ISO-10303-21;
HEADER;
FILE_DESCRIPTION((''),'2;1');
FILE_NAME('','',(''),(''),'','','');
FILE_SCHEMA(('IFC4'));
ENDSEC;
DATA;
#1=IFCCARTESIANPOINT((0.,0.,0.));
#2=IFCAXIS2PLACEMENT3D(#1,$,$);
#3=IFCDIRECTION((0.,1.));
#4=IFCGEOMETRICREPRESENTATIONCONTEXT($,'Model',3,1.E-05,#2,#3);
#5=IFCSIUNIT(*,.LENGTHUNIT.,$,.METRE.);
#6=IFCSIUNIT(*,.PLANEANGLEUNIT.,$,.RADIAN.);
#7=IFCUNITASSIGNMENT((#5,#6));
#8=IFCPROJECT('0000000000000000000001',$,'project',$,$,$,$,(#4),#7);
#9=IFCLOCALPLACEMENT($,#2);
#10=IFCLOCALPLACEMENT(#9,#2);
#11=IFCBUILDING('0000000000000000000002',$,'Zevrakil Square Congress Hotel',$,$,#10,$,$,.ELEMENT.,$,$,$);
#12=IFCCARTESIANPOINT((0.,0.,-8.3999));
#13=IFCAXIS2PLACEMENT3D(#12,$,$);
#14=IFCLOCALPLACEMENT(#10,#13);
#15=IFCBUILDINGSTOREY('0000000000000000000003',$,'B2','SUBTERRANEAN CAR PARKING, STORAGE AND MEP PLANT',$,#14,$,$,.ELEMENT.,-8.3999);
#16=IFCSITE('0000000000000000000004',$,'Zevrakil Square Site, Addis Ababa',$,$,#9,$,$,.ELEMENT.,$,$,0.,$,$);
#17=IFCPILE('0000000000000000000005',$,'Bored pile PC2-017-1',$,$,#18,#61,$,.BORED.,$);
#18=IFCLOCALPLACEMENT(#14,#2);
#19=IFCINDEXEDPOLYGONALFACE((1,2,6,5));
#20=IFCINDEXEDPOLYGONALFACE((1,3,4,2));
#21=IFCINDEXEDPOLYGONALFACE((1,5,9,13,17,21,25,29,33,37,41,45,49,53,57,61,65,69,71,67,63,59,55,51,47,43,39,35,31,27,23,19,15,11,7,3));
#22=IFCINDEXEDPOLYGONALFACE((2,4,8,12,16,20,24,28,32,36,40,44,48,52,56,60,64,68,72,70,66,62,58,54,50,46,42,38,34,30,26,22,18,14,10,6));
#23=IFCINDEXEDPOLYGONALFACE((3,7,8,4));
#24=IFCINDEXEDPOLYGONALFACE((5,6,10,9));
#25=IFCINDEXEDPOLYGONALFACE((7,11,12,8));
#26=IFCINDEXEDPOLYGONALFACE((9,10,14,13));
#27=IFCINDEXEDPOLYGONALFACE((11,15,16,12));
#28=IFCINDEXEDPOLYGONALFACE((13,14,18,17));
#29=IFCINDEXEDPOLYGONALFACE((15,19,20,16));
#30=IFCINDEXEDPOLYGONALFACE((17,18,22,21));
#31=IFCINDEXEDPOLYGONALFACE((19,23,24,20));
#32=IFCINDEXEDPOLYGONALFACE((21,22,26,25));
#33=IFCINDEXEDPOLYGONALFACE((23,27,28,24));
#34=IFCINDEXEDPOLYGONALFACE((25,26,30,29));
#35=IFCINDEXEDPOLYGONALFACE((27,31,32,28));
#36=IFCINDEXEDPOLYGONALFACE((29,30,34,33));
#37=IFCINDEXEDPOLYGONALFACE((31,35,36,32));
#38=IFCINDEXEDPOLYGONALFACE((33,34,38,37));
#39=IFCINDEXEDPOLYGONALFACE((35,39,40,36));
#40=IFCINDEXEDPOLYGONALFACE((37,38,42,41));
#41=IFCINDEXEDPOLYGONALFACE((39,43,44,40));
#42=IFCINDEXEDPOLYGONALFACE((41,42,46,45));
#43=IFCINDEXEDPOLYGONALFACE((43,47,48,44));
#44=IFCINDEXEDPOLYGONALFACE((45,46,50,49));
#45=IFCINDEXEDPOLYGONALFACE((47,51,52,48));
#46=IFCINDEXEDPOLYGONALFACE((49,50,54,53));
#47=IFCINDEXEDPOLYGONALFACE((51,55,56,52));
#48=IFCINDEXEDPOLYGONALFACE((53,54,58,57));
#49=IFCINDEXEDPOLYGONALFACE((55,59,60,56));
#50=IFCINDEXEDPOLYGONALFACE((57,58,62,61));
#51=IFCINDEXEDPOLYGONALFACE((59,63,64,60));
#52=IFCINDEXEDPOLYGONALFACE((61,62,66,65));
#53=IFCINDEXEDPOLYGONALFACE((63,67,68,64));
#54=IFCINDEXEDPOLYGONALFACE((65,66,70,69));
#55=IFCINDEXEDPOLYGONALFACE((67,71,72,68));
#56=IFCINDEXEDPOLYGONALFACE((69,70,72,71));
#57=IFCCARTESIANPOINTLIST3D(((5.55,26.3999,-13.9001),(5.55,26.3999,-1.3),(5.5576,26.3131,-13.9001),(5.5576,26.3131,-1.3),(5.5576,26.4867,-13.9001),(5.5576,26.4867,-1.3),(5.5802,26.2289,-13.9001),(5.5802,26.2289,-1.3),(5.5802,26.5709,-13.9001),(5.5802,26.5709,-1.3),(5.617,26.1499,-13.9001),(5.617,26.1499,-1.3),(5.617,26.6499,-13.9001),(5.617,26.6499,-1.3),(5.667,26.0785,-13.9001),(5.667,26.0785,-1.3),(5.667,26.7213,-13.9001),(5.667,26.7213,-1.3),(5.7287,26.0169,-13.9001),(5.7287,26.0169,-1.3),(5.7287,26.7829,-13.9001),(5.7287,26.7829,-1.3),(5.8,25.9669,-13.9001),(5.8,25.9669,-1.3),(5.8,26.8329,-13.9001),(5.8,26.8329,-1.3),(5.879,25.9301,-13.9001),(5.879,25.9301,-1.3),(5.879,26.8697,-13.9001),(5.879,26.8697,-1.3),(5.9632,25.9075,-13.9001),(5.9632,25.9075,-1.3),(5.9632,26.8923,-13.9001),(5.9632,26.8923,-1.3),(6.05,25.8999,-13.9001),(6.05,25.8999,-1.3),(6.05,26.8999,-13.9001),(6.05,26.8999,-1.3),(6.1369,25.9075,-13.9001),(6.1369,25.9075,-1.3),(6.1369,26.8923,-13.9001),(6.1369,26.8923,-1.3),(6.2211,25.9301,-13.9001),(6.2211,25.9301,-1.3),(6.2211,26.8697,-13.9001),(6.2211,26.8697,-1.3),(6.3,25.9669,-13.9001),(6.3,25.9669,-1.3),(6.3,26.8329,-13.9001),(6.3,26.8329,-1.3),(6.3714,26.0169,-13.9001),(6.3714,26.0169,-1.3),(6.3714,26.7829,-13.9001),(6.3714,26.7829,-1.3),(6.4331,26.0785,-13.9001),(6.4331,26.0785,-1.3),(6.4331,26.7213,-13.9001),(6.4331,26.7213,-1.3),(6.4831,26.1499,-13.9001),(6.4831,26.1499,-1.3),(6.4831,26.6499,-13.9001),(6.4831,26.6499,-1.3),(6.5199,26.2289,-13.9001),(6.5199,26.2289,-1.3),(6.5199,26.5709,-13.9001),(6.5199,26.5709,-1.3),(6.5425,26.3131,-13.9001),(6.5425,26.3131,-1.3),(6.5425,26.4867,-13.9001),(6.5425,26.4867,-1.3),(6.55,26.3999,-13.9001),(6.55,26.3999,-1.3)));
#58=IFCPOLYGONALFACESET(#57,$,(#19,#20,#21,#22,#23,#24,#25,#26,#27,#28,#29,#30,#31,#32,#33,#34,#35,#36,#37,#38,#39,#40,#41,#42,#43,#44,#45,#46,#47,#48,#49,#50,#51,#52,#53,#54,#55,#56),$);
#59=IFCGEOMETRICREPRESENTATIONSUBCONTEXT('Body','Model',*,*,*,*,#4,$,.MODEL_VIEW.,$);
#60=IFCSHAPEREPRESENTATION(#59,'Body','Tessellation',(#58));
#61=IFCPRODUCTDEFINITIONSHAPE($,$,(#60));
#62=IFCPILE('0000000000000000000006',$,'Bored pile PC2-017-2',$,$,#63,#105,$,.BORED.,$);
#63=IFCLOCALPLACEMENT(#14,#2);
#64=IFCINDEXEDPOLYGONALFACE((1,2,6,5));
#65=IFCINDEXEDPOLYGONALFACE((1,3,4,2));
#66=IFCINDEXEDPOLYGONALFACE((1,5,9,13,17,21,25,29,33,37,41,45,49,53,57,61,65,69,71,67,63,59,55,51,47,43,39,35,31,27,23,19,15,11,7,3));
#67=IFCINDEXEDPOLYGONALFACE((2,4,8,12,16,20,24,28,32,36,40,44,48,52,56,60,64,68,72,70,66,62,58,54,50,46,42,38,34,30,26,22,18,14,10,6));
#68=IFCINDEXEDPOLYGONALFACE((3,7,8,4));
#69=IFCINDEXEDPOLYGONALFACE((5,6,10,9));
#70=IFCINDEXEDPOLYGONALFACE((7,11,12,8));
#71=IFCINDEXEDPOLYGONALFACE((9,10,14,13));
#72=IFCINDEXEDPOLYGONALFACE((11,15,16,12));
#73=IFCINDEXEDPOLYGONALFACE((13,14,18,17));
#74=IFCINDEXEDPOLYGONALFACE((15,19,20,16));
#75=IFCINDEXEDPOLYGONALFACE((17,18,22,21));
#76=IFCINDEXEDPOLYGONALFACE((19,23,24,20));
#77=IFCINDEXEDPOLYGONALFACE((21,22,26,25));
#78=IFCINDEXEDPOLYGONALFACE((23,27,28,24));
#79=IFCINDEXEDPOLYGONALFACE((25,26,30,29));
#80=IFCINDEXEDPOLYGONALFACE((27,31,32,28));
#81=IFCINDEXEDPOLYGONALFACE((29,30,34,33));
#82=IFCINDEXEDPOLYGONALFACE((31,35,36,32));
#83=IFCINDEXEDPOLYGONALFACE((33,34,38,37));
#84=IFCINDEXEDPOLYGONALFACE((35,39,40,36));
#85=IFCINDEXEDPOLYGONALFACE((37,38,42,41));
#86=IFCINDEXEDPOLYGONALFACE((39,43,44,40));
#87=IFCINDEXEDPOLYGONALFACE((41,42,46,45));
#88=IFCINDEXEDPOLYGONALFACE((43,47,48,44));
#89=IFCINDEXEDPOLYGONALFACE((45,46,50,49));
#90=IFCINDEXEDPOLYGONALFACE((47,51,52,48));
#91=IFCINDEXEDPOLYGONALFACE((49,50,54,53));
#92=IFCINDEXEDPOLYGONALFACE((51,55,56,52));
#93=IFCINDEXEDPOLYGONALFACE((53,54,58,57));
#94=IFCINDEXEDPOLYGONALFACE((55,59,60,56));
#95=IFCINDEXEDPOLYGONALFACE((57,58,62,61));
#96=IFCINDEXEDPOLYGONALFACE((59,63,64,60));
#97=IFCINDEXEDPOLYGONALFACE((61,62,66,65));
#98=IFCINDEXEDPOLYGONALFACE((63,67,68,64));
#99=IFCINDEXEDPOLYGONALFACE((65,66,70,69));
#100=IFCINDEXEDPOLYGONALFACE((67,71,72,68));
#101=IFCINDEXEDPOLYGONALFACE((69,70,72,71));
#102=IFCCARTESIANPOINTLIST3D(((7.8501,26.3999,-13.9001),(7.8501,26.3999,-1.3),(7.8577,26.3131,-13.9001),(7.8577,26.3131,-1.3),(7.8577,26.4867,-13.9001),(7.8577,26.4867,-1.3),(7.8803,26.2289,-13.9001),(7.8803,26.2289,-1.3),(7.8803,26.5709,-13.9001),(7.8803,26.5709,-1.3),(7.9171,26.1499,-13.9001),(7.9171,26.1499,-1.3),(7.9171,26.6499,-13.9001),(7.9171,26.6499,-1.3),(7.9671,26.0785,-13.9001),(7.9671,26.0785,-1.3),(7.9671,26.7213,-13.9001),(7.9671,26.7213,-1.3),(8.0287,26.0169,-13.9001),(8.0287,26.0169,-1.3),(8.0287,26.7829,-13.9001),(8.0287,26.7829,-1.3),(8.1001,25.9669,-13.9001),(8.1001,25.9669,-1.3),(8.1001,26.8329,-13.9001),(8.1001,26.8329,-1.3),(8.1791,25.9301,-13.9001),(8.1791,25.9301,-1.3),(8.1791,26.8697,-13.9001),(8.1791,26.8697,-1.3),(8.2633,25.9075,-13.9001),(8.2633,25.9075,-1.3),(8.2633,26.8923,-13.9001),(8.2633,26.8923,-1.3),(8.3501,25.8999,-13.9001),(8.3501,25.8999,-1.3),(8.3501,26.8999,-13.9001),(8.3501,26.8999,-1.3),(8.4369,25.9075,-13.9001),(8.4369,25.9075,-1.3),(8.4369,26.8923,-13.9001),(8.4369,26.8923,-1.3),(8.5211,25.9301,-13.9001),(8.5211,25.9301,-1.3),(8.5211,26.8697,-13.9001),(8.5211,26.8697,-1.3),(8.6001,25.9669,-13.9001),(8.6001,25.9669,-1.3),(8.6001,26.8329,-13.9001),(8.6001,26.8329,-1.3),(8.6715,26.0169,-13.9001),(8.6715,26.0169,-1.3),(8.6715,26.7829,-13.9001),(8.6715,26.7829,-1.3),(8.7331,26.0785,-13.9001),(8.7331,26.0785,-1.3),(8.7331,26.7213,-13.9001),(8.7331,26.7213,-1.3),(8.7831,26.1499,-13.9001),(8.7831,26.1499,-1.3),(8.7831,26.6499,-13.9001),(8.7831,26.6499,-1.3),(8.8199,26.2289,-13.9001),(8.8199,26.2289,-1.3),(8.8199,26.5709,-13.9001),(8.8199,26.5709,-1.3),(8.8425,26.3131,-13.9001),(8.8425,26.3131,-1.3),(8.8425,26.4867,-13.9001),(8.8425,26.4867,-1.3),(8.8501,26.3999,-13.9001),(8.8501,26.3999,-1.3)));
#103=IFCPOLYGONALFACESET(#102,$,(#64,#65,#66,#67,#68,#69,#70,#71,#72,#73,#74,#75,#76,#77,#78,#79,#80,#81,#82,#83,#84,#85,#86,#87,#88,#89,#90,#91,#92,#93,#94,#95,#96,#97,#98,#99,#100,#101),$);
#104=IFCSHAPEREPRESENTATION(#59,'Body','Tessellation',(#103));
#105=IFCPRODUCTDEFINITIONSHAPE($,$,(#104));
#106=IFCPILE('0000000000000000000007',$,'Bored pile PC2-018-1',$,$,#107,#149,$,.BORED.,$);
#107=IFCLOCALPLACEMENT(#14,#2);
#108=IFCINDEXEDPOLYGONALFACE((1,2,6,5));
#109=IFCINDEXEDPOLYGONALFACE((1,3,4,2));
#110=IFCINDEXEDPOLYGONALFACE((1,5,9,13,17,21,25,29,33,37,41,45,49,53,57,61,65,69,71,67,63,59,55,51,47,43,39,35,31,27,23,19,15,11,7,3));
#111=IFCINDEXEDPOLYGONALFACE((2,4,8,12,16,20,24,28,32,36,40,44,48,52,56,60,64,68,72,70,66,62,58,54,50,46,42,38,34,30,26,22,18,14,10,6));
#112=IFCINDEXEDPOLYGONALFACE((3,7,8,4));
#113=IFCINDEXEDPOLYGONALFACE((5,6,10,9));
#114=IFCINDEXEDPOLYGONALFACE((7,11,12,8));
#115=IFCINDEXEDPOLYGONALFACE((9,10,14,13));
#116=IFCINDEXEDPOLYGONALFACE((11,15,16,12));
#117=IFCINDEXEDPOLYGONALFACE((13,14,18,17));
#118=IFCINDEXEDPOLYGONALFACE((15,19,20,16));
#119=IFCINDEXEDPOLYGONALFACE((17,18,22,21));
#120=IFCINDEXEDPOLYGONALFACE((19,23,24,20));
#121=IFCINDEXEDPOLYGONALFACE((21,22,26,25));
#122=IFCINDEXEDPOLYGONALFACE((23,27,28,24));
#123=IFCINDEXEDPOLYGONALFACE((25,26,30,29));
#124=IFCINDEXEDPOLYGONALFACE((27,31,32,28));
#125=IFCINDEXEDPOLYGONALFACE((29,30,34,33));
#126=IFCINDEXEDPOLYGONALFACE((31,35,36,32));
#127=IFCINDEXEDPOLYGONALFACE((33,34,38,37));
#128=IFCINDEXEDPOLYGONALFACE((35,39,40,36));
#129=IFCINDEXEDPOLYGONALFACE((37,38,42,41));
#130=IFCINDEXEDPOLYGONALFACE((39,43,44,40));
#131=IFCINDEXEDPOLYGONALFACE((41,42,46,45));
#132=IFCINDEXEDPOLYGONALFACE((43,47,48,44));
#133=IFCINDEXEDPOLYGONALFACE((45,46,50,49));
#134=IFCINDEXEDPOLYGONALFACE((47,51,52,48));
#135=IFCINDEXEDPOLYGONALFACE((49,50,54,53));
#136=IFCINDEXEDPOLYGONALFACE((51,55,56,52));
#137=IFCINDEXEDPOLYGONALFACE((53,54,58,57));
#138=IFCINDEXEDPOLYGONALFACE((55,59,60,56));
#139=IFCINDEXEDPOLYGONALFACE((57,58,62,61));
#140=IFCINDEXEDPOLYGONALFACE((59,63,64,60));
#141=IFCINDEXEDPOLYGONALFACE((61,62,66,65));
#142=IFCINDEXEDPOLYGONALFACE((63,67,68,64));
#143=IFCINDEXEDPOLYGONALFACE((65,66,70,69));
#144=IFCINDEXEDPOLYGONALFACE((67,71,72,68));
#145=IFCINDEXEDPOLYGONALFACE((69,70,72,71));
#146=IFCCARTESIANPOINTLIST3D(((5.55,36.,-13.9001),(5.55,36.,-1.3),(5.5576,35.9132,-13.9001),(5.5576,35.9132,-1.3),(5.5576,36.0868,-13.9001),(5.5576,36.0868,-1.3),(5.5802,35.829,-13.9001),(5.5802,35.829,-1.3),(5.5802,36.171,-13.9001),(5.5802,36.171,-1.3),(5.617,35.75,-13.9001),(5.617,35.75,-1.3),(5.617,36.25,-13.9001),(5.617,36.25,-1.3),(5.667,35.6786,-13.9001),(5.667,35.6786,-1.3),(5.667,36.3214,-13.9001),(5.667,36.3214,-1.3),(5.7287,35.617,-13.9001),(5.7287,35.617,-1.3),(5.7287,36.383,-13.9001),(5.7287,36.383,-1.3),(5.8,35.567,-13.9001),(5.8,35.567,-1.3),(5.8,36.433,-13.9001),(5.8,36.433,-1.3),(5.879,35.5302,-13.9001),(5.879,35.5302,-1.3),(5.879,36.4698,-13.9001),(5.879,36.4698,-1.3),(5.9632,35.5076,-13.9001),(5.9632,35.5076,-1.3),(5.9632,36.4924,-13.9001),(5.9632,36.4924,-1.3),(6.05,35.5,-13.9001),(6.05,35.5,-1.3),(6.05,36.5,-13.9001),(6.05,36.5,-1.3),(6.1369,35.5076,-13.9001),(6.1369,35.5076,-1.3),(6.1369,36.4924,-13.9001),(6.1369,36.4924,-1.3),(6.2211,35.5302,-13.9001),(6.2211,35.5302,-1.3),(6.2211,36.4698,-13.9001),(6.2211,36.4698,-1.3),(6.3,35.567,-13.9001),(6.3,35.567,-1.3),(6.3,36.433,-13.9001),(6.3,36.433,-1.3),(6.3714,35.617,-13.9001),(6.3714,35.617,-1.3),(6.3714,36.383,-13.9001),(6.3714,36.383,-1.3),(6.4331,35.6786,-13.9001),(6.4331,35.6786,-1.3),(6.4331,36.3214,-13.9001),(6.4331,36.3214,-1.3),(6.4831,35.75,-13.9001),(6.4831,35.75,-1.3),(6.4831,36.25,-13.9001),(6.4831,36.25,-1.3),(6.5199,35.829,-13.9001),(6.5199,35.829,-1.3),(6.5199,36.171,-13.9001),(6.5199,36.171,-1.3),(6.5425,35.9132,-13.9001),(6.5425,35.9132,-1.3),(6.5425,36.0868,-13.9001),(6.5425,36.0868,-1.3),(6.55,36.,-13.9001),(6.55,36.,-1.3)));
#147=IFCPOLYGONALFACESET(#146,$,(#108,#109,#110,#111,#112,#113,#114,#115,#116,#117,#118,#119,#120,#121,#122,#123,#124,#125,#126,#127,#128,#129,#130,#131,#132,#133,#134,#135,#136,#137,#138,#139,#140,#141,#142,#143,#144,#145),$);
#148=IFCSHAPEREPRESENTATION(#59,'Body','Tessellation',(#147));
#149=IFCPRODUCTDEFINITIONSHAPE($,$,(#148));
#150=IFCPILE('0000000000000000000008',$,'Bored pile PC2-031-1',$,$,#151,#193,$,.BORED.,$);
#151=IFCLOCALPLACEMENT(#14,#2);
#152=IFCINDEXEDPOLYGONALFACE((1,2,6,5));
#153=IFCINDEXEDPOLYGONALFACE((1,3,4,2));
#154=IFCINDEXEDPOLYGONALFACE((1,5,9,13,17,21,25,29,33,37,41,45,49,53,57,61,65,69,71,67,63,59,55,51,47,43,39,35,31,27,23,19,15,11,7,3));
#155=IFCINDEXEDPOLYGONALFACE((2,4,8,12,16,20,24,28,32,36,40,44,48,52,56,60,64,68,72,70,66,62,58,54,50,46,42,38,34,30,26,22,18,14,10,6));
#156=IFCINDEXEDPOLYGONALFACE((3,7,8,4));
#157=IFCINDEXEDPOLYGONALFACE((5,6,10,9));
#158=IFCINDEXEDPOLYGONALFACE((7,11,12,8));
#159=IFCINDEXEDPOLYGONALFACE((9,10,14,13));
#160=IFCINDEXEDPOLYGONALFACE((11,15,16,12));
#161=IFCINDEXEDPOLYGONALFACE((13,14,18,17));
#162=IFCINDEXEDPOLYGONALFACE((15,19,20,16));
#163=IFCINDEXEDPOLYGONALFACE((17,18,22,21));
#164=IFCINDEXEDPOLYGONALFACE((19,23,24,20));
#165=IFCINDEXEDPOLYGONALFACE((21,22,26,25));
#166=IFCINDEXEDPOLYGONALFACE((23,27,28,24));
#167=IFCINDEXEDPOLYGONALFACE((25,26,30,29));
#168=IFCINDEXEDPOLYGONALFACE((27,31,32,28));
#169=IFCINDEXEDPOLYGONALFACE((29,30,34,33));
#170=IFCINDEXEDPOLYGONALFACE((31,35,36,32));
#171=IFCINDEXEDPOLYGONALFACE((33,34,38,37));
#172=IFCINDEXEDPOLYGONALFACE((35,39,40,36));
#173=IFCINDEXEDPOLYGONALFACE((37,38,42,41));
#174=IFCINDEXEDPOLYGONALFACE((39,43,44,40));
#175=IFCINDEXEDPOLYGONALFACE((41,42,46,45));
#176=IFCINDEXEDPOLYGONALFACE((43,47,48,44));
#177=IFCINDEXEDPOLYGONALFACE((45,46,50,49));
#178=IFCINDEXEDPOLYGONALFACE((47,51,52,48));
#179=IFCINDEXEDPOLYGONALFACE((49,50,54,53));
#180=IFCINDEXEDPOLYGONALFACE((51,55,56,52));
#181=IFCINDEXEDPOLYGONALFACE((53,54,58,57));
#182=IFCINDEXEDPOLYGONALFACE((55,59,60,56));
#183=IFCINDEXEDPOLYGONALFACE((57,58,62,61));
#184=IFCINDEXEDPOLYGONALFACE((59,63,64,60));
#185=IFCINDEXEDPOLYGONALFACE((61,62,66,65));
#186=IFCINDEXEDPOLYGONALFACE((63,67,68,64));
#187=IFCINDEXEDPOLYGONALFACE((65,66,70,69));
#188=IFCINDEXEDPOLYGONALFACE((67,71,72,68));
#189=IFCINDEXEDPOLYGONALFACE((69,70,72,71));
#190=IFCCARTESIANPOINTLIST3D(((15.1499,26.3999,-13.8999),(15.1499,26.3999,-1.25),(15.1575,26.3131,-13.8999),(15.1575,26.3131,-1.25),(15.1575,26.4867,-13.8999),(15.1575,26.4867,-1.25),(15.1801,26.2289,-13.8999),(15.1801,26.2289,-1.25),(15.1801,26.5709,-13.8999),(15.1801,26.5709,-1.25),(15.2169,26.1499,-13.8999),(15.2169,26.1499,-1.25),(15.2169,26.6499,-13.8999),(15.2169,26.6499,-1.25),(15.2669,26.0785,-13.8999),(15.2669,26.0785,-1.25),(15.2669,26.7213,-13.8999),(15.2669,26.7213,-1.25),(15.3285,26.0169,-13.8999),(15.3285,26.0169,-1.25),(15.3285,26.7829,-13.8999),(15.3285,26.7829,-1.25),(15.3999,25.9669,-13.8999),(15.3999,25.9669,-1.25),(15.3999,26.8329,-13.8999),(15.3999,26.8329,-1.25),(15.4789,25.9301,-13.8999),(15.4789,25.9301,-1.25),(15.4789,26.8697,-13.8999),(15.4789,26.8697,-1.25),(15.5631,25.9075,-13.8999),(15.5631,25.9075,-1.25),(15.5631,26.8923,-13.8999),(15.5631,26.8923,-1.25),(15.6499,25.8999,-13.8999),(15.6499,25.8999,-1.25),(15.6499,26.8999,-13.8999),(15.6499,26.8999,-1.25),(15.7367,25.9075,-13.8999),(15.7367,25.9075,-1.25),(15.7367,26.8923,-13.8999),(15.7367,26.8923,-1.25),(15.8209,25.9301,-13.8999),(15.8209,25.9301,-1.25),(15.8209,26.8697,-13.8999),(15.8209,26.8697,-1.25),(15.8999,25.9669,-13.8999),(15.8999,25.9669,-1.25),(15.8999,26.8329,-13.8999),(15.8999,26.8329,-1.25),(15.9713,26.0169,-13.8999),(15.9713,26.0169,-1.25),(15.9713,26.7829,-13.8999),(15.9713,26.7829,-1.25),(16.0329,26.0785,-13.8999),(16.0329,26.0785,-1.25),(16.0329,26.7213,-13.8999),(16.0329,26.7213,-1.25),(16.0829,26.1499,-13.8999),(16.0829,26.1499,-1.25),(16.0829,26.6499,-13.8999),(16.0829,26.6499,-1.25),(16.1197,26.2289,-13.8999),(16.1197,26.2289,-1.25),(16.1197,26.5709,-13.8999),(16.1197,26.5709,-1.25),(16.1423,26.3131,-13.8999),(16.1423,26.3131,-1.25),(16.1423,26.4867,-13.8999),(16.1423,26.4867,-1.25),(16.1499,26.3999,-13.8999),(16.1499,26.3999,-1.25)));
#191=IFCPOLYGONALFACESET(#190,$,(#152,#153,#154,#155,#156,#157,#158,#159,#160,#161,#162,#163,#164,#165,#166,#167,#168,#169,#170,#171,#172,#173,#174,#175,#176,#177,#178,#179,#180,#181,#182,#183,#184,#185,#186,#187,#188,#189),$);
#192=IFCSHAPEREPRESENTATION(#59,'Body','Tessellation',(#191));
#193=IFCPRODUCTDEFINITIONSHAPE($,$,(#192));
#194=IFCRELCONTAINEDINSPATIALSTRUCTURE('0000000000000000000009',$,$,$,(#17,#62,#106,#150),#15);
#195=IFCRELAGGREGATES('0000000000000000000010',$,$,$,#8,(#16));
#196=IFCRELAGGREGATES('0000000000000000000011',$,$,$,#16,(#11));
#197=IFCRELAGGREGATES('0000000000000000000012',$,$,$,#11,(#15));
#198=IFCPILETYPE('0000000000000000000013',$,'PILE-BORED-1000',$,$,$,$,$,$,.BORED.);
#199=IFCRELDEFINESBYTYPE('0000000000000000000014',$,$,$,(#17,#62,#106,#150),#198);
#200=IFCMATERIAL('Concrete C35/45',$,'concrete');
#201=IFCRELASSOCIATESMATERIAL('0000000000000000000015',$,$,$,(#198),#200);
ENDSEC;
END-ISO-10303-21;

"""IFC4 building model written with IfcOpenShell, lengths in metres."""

from ifc_helpers import new_model, si_unit, direction, frame, origin, origin_2d, place, context, subcontext, project, spatial, circle, extrude, material, material_profile, profile_set, type_object, element, save


model = new_model("IFC4")

# Units and contexts
model_context = context("Model", 3, precision=1e-05, world=origin(), true_north=direction((0.0, 1.0)))
body_context = subcontext(model_context, "Body", "Model", "MODEL_VIEW")
ifc_project = project(units=[si_unit("LENGTHUNIT", "METRE"), si_unit("PLANEANGLEUNIT", "RADIAN")], contexts=[model_context])

# Site, building, storey
site_placement = place(None, origin())
site = spatial("IfcSite", under=ifc_project, at=site_placement, Name="Zevrakil Square Site, Addis Ababa", CompositionType="ELEMENT", RefElevation=0.0)
building_placement = place(site_placement, origin())
building = spatial("IfcBuilding", under=site, at=building_placement, Name="Zevrakil Square Congress Hotel", CompositionType="ELEMENT")
storey_placement = place(building_placement, frame((0.0, 0.0, -8.3999)))
storey = spatial("IfcBuildingStorey", under=building, at=storey_placement, Name="B2", Description="SUBTERRANEAN CAR PARKING, STORAGE AND MEP PLANT", CompositionType="ELEMENT", Elevation=-8.3999)

# Piles
ifc_material_1 = material(Name="Concrete C35/45", Category="concrete")
ifc_material_profile_1 = material_profile(ifc_material_1, circle(Radius=0.5, at=origin_2d()), Name="PILE D1000")
ifc_profile_set_1 = profile_set([ifc_material_profile_1], Name="Concrete C35/45")
pile_type = type_object("IfcPileType", Name="PILE-BORED-1000", PredefinedType="BORED", material=ifc_profile_set_1)
for number, where, z_axis, x_axis, name in (
    (1, (6.05, 26.3999, -1.3), (0.0, 0.0, -1.0), (1.0, 0.0, 0.0), "Bored pile PC2-017-1"),
    (2, (8.3501, 26.3999, -1.3), (0.0, 0.0, -1.0), (1.0, 0.0, 0.0), "Bored pile PC2-017-2"),
    (3, (6.05, 36.0, -1.3), (0.0, 0.0, -1.0), (1.0, 0.0, 0.0), "Bored pile PC2-018-1"),
):
    element("IfcPile", number, at=place(storey_placement, frame(where, z_axis=z_axis, x_axis=x_axis)), inside=storey, type_object=pile_type, Name=name, PredefinedType="BORED", context=body_context, shape_type="SweptSolid", body=[
        extrude(circle(Radius=0.5, at=origin_2d()), origin(), (0.0, 0.0, 1.0), 12.6001),
    ])
pile_placement = place(storey_placement, frame((15.6499, 26.3999, -1.25), z_axis=(0.0, 0.0, -1.0), x_axis=(1.0, 0.0, 0.0)))
element("IfcPile", 4, at=pile_placement, inside=storey, type_object=pile_type, Name="Bored pile PC2-031-1", PredefinedType="BORED", context=body_context, shape_type="SweptSolid", body=[
    extrude(circle(Radius=0.5, at=origin_2d()), origin(), (0.0, 0.0, 1.0), 12.6499),
])

save(model, "model.ifc")
